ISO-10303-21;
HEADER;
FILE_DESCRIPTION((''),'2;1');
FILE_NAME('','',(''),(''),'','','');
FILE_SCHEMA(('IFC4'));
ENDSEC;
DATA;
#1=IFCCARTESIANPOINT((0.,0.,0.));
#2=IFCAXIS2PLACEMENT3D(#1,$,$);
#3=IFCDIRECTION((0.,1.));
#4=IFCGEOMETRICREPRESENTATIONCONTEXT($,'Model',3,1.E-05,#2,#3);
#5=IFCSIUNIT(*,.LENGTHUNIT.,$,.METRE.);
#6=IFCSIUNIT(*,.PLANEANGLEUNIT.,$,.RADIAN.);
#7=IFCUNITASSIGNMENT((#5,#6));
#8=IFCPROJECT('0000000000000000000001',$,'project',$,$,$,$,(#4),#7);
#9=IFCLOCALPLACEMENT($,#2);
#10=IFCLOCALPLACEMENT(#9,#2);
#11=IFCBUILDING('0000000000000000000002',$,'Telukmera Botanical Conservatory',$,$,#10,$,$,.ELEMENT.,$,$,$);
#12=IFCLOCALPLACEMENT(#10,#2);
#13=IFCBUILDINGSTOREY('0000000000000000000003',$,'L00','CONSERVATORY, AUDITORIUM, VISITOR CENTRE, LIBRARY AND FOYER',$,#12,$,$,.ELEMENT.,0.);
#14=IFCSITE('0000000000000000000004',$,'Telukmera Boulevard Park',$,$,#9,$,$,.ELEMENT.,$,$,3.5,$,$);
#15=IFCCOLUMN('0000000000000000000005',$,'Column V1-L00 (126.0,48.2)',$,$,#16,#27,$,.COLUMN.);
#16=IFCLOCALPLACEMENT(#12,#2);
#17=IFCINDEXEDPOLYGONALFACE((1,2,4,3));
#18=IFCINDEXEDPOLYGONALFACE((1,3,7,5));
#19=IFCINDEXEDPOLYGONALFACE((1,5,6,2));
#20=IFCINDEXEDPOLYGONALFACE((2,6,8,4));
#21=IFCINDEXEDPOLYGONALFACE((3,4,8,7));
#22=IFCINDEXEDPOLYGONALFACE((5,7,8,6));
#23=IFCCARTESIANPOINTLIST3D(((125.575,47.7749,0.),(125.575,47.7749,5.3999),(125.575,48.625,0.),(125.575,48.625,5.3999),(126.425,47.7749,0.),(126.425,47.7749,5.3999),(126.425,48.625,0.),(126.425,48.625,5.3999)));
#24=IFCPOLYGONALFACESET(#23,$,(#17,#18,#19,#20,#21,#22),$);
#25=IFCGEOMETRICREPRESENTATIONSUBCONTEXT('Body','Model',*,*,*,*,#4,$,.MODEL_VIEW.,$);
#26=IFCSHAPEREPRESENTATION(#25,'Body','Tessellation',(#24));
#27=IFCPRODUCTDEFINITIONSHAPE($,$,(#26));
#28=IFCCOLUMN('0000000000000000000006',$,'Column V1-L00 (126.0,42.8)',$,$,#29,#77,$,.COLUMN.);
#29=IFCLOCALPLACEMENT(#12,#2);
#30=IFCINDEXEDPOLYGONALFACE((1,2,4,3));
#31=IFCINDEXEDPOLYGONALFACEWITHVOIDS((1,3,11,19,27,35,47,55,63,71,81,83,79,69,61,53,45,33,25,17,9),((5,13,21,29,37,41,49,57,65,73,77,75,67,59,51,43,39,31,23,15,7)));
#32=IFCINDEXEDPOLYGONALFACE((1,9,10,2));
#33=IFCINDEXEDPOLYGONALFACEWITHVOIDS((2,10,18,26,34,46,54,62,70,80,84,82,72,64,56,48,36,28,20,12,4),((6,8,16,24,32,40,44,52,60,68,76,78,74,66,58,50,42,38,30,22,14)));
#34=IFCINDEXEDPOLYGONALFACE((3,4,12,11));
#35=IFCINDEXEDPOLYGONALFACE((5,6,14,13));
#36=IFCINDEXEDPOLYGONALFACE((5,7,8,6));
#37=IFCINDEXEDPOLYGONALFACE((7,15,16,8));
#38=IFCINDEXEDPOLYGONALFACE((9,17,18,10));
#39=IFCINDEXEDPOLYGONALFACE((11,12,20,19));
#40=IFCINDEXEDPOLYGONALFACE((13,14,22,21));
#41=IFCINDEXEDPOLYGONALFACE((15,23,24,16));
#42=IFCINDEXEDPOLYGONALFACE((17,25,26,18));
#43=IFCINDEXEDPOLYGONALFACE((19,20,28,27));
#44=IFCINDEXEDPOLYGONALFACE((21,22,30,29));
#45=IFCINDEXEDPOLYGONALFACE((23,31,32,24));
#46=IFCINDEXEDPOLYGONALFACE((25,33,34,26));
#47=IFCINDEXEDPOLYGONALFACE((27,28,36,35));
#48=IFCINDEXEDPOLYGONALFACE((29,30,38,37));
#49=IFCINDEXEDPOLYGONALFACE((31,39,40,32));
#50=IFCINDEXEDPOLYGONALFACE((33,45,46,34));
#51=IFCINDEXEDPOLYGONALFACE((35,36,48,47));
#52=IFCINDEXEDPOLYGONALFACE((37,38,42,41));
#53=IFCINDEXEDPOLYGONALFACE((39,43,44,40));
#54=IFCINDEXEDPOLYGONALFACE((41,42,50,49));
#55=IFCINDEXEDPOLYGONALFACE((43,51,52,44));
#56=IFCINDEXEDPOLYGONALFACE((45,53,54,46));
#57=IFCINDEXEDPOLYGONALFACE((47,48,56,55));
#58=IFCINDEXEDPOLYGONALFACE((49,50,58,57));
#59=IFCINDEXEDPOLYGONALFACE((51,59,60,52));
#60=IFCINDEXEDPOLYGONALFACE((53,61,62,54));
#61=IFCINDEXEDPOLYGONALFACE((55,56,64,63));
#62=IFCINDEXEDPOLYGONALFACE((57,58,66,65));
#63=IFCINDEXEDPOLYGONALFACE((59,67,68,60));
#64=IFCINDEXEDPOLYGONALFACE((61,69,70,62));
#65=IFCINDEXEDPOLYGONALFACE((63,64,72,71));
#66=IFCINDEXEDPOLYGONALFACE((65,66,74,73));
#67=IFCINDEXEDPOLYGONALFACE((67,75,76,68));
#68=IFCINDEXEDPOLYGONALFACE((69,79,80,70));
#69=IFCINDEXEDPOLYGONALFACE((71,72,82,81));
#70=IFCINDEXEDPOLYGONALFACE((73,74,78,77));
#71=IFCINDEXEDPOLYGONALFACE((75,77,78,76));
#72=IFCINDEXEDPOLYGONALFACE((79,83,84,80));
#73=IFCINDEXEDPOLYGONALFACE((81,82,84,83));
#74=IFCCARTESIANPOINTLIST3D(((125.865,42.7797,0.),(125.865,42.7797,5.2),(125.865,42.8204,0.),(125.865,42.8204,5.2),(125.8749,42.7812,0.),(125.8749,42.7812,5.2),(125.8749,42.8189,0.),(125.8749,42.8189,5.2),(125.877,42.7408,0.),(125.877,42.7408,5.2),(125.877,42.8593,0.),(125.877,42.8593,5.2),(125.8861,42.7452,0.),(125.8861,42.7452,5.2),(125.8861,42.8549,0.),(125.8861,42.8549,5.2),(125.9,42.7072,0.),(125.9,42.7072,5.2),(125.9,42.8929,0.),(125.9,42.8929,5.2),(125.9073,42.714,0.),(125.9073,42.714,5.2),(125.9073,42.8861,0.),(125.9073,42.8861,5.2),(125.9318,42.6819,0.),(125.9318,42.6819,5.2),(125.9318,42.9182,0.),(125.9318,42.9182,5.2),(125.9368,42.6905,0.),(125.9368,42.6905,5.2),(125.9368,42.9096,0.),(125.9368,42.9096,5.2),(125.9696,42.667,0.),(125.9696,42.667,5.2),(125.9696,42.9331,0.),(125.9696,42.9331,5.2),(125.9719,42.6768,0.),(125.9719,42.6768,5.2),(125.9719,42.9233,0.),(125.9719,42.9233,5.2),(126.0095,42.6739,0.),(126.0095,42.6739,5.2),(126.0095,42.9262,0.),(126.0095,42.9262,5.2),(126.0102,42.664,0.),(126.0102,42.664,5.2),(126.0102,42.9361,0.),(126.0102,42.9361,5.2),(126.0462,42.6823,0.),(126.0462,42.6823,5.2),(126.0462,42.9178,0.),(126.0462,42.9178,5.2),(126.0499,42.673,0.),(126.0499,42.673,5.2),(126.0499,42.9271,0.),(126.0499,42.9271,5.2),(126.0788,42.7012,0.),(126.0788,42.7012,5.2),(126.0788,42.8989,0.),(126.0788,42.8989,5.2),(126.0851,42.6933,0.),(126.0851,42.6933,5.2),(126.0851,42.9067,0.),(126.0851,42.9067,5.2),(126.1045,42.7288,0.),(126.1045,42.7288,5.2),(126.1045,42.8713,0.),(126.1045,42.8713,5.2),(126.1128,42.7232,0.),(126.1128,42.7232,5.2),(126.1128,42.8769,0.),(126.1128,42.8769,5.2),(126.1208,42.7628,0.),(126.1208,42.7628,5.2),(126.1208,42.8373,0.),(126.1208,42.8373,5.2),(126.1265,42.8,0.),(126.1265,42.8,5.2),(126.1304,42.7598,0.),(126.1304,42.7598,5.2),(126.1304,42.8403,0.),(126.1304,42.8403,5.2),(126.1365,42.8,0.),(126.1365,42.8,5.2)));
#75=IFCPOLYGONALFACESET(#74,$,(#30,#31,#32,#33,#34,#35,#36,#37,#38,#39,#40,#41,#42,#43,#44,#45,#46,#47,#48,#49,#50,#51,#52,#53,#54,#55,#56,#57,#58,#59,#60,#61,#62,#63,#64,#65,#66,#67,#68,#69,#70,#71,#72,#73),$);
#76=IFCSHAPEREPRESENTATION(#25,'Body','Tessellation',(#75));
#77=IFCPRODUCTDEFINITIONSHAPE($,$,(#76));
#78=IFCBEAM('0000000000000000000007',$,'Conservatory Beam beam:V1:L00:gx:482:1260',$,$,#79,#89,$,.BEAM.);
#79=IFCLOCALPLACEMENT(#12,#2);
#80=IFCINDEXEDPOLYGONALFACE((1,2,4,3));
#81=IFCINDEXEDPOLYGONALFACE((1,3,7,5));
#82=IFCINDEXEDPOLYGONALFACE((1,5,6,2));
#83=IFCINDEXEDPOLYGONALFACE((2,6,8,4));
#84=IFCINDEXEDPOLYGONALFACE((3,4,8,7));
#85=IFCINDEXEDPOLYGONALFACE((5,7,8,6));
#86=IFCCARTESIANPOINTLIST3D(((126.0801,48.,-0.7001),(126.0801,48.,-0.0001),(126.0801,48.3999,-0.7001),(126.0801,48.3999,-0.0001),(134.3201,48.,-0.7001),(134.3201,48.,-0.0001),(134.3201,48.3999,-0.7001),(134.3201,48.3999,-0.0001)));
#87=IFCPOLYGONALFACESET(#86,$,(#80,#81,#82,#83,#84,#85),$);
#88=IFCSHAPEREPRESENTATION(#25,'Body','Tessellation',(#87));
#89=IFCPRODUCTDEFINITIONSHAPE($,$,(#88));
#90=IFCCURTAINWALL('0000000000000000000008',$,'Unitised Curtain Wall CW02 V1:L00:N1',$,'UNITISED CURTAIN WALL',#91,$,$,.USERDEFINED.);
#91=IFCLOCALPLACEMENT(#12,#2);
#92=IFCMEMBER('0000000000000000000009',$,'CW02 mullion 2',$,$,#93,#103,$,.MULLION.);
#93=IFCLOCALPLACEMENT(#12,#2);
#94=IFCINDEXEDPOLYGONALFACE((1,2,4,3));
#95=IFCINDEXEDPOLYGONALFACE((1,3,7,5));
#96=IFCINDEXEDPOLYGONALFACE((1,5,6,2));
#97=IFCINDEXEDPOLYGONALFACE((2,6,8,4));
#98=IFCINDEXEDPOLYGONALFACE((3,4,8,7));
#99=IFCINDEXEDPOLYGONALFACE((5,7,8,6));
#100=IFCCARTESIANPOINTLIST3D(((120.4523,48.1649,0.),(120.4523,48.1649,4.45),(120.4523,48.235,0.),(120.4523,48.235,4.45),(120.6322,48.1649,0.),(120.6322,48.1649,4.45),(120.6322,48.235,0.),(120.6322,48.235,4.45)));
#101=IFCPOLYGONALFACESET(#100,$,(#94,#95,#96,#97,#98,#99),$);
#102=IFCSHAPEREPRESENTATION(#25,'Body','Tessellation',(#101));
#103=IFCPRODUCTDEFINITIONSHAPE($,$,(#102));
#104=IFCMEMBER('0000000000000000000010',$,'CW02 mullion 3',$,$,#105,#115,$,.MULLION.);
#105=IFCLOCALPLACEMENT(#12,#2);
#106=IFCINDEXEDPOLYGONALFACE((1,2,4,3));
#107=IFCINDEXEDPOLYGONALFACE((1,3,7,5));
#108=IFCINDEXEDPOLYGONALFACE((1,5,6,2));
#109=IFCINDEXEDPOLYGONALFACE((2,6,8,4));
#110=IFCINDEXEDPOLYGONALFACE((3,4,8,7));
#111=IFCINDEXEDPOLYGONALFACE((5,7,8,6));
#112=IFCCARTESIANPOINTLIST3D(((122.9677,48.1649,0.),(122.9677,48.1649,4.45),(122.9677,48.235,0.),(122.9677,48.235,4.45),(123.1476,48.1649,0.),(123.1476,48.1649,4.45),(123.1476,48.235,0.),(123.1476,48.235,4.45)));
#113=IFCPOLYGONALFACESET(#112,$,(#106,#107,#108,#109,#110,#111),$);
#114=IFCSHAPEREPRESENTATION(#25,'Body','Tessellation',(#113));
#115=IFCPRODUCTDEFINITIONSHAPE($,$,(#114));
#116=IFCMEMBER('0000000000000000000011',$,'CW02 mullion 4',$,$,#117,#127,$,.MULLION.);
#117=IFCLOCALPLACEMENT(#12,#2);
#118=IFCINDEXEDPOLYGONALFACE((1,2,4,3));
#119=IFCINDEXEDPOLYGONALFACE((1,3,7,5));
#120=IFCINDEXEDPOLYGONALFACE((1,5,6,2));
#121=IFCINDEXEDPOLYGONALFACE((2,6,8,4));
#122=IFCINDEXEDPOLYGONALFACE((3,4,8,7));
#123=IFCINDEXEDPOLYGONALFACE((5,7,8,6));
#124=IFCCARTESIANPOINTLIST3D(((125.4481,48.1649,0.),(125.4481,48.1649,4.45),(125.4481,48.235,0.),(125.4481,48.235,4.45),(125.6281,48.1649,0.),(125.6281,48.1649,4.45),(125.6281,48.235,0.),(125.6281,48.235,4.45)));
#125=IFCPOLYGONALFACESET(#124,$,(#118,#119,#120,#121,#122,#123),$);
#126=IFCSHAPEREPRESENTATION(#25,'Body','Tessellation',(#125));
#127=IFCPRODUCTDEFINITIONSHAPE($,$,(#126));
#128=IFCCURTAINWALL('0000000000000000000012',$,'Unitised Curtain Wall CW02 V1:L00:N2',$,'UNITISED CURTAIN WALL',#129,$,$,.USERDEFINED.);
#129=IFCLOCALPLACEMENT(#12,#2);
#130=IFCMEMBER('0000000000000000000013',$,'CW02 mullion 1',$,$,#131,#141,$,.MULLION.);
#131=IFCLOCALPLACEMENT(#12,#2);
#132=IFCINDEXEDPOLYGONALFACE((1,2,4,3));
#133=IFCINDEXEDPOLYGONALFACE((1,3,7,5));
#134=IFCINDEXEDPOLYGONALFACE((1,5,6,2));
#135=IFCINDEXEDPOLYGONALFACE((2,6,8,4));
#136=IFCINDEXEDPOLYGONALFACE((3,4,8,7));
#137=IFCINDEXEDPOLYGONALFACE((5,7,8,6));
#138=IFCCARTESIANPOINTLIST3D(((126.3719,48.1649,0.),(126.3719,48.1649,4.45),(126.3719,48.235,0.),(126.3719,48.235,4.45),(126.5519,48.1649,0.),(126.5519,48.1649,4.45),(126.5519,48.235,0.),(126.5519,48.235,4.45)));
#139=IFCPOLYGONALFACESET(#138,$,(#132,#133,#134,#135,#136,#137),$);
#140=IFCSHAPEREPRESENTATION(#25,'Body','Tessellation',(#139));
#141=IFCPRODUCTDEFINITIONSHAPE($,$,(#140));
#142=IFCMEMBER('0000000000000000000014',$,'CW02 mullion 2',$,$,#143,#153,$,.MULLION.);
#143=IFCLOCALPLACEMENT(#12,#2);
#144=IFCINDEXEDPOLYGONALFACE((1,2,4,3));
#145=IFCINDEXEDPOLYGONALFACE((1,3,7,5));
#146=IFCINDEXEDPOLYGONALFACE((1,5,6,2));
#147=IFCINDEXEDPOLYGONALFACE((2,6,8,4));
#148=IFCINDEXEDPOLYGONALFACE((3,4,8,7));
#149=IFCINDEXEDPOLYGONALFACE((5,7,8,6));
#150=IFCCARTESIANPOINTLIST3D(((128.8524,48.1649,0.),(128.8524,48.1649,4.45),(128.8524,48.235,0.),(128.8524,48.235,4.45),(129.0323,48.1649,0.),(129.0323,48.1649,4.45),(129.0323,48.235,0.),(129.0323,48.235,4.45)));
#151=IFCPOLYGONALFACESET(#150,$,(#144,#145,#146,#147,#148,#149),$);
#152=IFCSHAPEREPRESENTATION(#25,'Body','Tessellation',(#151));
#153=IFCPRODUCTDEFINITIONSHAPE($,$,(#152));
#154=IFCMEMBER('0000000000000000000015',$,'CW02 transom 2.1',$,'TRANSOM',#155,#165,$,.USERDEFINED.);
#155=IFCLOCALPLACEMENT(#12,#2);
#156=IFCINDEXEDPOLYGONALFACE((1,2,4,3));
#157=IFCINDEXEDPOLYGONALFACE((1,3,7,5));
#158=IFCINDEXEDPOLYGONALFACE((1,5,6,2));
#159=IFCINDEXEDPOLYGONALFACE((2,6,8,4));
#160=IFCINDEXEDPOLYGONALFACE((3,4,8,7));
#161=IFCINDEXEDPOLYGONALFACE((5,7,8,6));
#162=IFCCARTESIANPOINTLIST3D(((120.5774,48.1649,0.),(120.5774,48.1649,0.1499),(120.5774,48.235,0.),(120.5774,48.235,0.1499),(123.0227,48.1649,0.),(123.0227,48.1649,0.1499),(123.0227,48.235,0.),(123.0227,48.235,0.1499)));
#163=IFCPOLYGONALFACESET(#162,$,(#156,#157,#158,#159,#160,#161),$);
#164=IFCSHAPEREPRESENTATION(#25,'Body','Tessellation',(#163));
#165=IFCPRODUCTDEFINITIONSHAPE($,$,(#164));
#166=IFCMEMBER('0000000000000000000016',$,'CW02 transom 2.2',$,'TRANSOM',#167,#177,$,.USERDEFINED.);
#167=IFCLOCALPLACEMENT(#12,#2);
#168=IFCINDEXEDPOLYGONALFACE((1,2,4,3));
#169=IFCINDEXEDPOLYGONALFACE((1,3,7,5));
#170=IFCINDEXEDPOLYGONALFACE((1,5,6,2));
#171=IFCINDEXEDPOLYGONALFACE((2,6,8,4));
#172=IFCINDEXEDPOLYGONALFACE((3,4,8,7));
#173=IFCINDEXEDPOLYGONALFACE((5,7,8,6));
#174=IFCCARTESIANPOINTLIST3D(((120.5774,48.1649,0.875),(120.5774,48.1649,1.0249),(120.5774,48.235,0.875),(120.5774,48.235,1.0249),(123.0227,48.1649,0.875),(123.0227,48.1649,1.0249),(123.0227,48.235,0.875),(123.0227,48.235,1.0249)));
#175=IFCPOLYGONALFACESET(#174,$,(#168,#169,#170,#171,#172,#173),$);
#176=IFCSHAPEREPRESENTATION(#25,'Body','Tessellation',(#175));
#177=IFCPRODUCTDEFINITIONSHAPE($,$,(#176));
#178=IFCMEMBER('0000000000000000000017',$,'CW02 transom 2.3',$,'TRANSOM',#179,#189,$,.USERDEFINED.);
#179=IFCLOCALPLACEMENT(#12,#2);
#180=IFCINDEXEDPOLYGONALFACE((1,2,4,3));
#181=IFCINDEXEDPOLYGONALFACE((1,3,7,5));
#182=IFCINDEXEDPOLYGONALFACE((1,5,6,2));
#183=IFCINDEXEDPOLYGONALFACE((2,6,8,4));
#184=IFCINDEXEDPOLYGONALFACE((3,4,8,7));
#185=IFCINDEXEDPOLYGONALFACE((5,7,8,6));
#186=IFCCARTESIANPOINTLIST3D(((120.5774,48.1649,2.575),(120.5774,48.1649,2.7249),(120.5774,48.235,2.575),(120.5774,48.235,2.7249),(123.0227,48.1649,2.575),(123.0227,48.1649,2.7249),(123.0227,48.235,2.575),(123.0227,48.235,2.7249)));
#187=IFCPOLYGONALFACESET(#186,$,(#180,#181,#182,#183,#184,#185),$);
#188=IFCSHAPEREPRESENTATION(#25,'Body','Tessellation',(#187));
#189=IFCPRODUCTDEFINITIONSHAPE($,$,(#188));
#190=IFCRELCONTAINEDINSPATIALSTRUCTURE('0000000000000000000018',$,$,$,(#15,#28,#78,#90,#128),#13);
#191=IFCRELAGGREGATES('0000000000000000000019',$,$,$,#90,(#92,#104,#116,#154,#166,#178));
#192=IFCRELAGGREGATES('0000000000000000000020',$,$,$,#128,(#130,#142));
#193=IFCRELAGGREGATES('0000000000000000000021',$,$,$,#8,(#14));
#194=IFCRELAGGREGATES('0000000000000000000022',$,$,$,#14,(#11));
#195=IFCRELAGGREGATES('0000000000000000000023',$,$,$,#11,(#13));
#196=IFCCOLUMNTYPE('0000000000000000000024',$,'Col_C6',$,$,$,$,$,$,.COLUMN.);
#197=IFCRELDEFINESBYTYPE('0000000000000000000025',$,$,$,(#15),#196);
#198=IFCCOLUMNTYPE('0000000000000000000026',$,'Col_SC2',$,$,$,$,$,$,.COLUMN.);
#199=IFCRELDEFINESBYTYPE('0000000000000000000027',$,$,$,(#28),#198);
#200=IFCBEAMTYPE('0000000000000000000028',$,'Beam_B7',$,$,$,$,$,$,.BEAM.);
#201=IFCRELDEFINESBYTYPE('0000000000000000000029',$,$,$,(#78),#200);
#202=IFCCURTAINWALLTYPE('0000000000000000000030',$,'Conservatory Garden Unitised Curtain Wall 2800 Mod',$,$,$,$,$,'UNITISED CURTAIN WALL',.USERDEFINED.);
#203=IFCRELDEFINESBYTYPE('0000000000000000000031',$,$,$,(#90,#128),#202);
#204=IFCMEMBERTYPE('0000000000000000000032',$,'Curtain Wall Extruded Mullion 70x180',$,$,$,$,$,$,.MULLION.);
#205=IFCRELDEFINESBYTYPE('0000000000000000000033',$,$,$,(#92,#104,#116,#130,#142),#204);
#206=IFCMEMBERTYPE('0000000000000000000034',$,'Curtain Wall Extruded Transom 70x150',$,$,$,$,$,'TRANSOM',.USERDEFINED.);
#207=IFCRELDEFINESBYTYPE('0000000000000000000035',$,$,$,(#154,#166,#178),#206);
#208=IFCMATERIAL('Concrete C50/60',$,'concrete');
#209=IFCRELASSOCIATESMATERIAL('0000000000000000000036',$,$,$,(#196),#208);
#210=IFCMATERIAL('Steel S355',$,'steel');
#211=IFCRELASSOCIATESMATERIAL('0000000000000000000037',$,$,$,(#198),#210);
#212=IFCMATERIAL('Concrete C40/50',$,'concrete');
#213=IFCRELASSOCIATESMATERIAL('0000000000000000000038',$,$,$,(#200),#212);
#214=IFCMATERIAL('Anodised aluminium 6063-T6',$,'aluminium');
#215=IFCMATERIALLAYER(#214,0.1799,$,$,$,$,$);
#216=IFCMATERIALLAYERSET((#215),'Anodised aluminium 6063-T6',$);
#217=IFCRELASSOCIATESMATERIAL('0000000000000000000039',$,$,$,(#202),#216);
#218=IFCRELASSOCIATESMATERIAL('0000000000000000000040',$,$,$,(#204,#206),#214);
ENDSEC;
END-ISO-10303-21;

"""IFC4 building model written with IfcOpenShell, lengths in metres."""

from ifc_helpers import new_model, si_unit, direction, frame, origin, origin_2d, place, context, subcontext, project, spatial, rectangle, hollow_circle, extrude, material, layer, layer_set, material_profile, profile_set, type_object, element, aggregate, save


model = new_model("IFC4")

# Units and contexts
model_context = context("Model", 3, precision=1e-05, world=origin(), true_north=direction((0.0, 1.0)))
body_context = subcontext(model_context, "Body", "Model", "MODEL_VIEW")
ifc_project = project(units=[si_unit("LENGTHUNIT", "METRE"), si_unit("PLANEANGLEUNIT", "RADIAN")], contexts=[model_context])

# Site, building, storey
site_placement = place(None, origin())
site = spatial("IfcSite", under=ifc_project, at=site_placement, Name="Telukmera Boulevard Park", CompositionType="ELEMENT", RefElevation=3.5)
building_placement = place(site_placement, origin())
building = spatial("IfcBuilding", under=site, at=building_placement, Name="Telukmera Botanical Conservatory", CompositionType="ELEMENT")
storey_placement = place(building_placement, origin())
storey = spatial("IfcBuildingStorey", under=building, at=storey_placement, Name="L00", Description="CONSERVATORY, AUDITORIUM, VISITOR CENTRE, LIBRARY AND FOYER", CompositionType="ELEMENT", Elevation=0.0)

# Columns
ifc_material_1 = material(Name="Concrete C50/60", Category="concrete")
ifc_material_profile_1 = material_profile(ifc_material_1, rectangle(XDim=0.8501, YDim=0.8501, at=origin_2d()), Name="RC 850x850")
ifc_profile_set_1 = profile_set([ifc_material_profile_1], Name="Concrete C50/60")
column_type_1 = type_object("IfcColumnType", Name="Col_C6", PredefinedType="COLUMN", material=ifc_profile_set_1)
column_1_placement = place(storey_placement, frame((126.0, 48.2, 0.0), z_axis=(0.0, 0.0, 1.0), x_axis=(1.0, 0.0, 0.0)))
element("IfcColumn", 1, at=column_1_placement, inside=storey, type_object=column_type_1, Name="Column V1-L00 (126.0,48.2)", PredefinedType="COLUMN", context=body_context, shape_type="SweptSolid", body=[
    extrude(rectangle(XDim=0.8501, YDim=0.8501, at=origin_2d()), origin(), (0.0, 0.0, 1.0), 5.3999),
])
ifc_material_2 = material(Name="Steel S355", Category="steel")
ifc_material_profile_2 = material_profile(ifc_material_2, hollow_circle(Radius=0.1365, WallThickness=0.01, at=origin_2d()), Name="CHS 273.0x10.0")
ifc_profile_set_2 = profile_set([ifc_material_profile_2], Name="Steel S355")
column_type_2 = type_object("IfcColumnType", Name="Col_SC2", PredefinedType="COLUMN", material=ifc_profile_set_2)
column_2_placement = place(storey_placement, frame((126.0, 42.8, 0.0), z_axis=(0.0, 0.0, 1.0), x_axis=(1.0, 0.0, 0.0)))
element("IfcColumn", 2, at=column_2_placement, inside=storey, type_object=column_type_2, Name="Column V1-L00 (126.0,42.8)", PredefinedType="COLUMN", context=body_context, shape_type="SweptSolid", body=[
    extrude(hollow_circle(Radius=0.1365, WallThickness=0.01, at=origin_2d()), origin(), (0.0, 0.0, 1.0), 5.2),
])

# Beam
ifc_material_3 = material(Name="Concrete C40/50", Category="concrete")
ifc_material_profile_3 = material_profile(ifc_material_3, rectangle(XDim=0.3999, YDim=0.7, at=origin_2d()), Name="RC 400x700")
ifc_profile_set_3 = profile_set([ifc_material_profile_3], Name="Concrete C40/50")
beam_type = type_object("IfcBeamType", Name="Beam_B7", PredefinedType="BEAM", material=ifc_profile_set_3)
beam_placement = place(storey_placement, frame((126.0801, 48.2, -0.3501), z_axis=(1.0, 0.0, 0.0), x_axis=(0.0, 1.0, 0.0)))
element("IfcBeam", 3, at=beam_placement, inside=storey, type_object=beam_type, Name="Conservatory Beam beam:V1:L00:gx:482:1260", PredefinedType="BEAM", context=body_context, shape_type="SweptSolid", body=[
    extrude(rectangle(XDim=0.3999, YDim=0.7, at=origin_2d()), origin(), (0.0, 0.0, 1.0), 8.24),
])

# Curtain walls, members
ifc_material_4 = material(Name="Anodised aluminium 6063-T6", Category="aluminium")
ifc_layer_1 = layer(ifc_material_4, 0.1799)
ifc_layer_set_1 = layer_set([ifc_layer_1], Name="Anodised aluminium 6063-T6")
curtain_wall_type = type_object("IfcCurtainWallType", Name="Conservatory Garden Unitised Curtain Wall 2800 Mod", ElementType="UNITISED CURTAIN WALL", PredefinedType="USERDEFINED", material=ifc_layer_set_1)
curtain_wall_1_placement = place(storey_placement, origin())
curtain_wall_1 = element("IfcCurtainWall", 4, at=curtain_wall_1_placement, inside=storey, type_object=curtain_wall_type, Name="Unitised Curtain Wall CW02 V1:L00:N1", ObjectType="UNITISED CURTAIN WALL", PredefinedType="USERDEFINED")
ifc_material_profile_4 = material_profile(ifc_material_4, rectangle(XDim=0.0701, YDim=0.1799, at=origin_2d()), Name="ALU MULL 70x180")
ifc_profile_set_4 = profile_set([ifc_material_profile_4], Name="Anodised aluminium 6063-T6")
member_type_1 = type_object("IfcMemberType", Name="Curtain Wall Extruded Mullion 70x180", PredefinedType="MULLION", material=ifc_profile_set_4)
member_1_placement = place(storey_placement, frame((120.5422, 48.2, 0.0), z_axis=(0.0, 0.0, 1.0), x_axis=(0.0, 1.0, 0.0)))
member_1 = element("IfcMember", 5, at=member_1_placement, type_object=member_type_1, Name="CW02 mullion 2", PredefinedType="MULLION", context=body_context, shape_type="SweptSolid", body=[
    extrude(rectangle(XDim=0.0701, YDim=0.1799, at=origin_2d()), origin(), (0.0, 0.0, 1.0), 4.45),
])
member_2_placement = place(storey_placement, frame((123.0576, 48.2, 0.0), z_axis=(0.0, 0.0, 1.0), x_axis=(0.0, 1.0, 0.0)))
member_2 = element("IfcMember", 6, at=member_2_placement, type_object=member_type_1, Name="CW02 mullion 3", PredefinedType="MULLION", context=body_context, shape_type="SweptSolid", body=[
    extrude(rectangle(XDim=0.0701, YDim=0.1799, at=origin_2d()), origin(), (0.0, 0.0, 1.0), 4.45),
])
member_3_placement = place(storey_placement, frame((125.5381, 48.2, 0.0), z_axis=(0.0, 0.0, 1.0), x_axis=(0.0, 1.0, 0.0)))
member_3 = element("IfcMember", 7, at=member_3_placement, type_object=member_type_1, Name="CW02 mullion 4", PredefinedType="MULLION", context=body_context, shape_type="SweptSolid", body=[
    extrude(rectangle(XDim=0.0701, YDim=0.1799, at=origin_2d()), origin(), (0.0, 0.0, 1.0), 4.45),
])
curtain_wall_2_placement = place(storey_placement, origin())
curtain_wall_2 = element("IfcCurtainWall", 8, at=curtain_wall_2_placement, inside=storey, type_object=curtain_wall_type, Name="Unitised Curtain Wall CW02 V1:L00:N2", ObjectType="UNITISED CURTAIN WALL", PredefinedType="USERDEFINED")
member_4_placement = place(storey_placement, frame((126.4619, 48.2, 0.0), z_axis=(0.0, 0.0, 1.0), x_axis=(0.0, 1.0, 0.0)))
member_4 = element("IfcMember", 9, at=member_4_placement, type_object=member_type_1, Name="CW02 mullion 1", PredefinedType="MULLION", context=body_context, shape_type="SweptSolid", body=[
    extrude(rectangle(XDim=0.0701, YDim=0.1799, at=origin_2d()), origin(), (0.0, 0.0, 1.0), 4.45),
])
member_5_placement = place(storey_placement, frame((128.9424, 48.2, 0.0), z_axis=(0.0, 0.0, 1.0), x_axis=(0.0, 1.0, 0.0)))
member_5 = element("IfcMember", 10, at=member_5_placement, type_object=member_type_1, Name="CW02 mullion 2", PredefinedType="MULLION", context=body_context, shape_type="SweptSolid", body=[
    extrude(rectangle(XDim=0.0701, YDim=0.1799, at=origin_2d()), origin(), (0.0, 0.0, 1.0), 4.45),
])

# Members
ifc_material_profile_5 = material_profile(ifc_material_4, rectangle(XDim=0.0701, YDim=0.1499, at=origin_2d()), Name="ALU TRAN 70x150")
ifc_profile_set_5 = profile_set([ifc_material_profile_5], Name="Anodised aluminium 6063-T6")
member_type_2 = type_object("IfcMemberType", Name="Curtain Wall Extruded Transom 70x150", ElementType="TRANSOM", PredefinedType="USERDEFINED", material=ifc_profile_set_5)
member_6_placement = place(storey_placement, frame((120.5774, 48.2, 0.075), z_axis=(1.0, 0.0, 0.0), x_axis=(0.0, 1.0, 0.0)))
member_6 = element("IfcMember", 11, at=member_6_placement, type_object=member_type_2, Name="CW02 transom 2.1", ObjectType="TRANSOM", PredefinedType="USERDEFINED", context=body_context, shape_type="SweptSolid", body=[
    extrude(rectangle(XDim=0.0701, YDim=0.1499, at=origin_2d()), origin(), (0.0, 0.0, 1.0), 2.4453),
])
member_7_placement = place(storey_placement, frame((120.5774, 48.2, 0.95), z_axis=(1.0, 0.0, 0.0), x_axis=(0.0, 1.0, 0.0)))
member_7 = element("IfcMember", 12, at=member_7_placement, type_object=member_type_2, Name="CW02 transom 2.2", ObjectType="TRANSOM", PredefinedType="USERDEFINED", context=body_context, shape_type="SweptSolid", body=[
    extrude(rectangle(XDim=0.0701, YDim=0.1499, at=origin_2d()), origin(), (0.0, 0.0, 1.0), 2.4453),
])
member_8_placement = place(storey_placement, frame((120.5774, 48.2, 2.6499), z_axis=(1.0, 0.0, 0.0), x_axis=(0.0, 1.0, 0.0)))
member_8 = element("IfcMember", 13, at=member_8_placement, type_object=member_type_2, Name="CW02 transom 2.3", ObjectType="TRANSOM", PredefinedType="USERDEFINED", context=body_context, shape_type="SweptSolid", body=[
    extrude(rectangle(XDim=0.0701, YDim=0.1499, at=origin_2d()), origin(), (0.0, 0.0, 1.0), 2.4453),
])

aggregate(curtain_wall_1, [member_1, member_2, member_3, member_6, member_7, member_8])
aggregate(curtain_wall_2, [member_4, member_5])

save(model, "model.ifc")
